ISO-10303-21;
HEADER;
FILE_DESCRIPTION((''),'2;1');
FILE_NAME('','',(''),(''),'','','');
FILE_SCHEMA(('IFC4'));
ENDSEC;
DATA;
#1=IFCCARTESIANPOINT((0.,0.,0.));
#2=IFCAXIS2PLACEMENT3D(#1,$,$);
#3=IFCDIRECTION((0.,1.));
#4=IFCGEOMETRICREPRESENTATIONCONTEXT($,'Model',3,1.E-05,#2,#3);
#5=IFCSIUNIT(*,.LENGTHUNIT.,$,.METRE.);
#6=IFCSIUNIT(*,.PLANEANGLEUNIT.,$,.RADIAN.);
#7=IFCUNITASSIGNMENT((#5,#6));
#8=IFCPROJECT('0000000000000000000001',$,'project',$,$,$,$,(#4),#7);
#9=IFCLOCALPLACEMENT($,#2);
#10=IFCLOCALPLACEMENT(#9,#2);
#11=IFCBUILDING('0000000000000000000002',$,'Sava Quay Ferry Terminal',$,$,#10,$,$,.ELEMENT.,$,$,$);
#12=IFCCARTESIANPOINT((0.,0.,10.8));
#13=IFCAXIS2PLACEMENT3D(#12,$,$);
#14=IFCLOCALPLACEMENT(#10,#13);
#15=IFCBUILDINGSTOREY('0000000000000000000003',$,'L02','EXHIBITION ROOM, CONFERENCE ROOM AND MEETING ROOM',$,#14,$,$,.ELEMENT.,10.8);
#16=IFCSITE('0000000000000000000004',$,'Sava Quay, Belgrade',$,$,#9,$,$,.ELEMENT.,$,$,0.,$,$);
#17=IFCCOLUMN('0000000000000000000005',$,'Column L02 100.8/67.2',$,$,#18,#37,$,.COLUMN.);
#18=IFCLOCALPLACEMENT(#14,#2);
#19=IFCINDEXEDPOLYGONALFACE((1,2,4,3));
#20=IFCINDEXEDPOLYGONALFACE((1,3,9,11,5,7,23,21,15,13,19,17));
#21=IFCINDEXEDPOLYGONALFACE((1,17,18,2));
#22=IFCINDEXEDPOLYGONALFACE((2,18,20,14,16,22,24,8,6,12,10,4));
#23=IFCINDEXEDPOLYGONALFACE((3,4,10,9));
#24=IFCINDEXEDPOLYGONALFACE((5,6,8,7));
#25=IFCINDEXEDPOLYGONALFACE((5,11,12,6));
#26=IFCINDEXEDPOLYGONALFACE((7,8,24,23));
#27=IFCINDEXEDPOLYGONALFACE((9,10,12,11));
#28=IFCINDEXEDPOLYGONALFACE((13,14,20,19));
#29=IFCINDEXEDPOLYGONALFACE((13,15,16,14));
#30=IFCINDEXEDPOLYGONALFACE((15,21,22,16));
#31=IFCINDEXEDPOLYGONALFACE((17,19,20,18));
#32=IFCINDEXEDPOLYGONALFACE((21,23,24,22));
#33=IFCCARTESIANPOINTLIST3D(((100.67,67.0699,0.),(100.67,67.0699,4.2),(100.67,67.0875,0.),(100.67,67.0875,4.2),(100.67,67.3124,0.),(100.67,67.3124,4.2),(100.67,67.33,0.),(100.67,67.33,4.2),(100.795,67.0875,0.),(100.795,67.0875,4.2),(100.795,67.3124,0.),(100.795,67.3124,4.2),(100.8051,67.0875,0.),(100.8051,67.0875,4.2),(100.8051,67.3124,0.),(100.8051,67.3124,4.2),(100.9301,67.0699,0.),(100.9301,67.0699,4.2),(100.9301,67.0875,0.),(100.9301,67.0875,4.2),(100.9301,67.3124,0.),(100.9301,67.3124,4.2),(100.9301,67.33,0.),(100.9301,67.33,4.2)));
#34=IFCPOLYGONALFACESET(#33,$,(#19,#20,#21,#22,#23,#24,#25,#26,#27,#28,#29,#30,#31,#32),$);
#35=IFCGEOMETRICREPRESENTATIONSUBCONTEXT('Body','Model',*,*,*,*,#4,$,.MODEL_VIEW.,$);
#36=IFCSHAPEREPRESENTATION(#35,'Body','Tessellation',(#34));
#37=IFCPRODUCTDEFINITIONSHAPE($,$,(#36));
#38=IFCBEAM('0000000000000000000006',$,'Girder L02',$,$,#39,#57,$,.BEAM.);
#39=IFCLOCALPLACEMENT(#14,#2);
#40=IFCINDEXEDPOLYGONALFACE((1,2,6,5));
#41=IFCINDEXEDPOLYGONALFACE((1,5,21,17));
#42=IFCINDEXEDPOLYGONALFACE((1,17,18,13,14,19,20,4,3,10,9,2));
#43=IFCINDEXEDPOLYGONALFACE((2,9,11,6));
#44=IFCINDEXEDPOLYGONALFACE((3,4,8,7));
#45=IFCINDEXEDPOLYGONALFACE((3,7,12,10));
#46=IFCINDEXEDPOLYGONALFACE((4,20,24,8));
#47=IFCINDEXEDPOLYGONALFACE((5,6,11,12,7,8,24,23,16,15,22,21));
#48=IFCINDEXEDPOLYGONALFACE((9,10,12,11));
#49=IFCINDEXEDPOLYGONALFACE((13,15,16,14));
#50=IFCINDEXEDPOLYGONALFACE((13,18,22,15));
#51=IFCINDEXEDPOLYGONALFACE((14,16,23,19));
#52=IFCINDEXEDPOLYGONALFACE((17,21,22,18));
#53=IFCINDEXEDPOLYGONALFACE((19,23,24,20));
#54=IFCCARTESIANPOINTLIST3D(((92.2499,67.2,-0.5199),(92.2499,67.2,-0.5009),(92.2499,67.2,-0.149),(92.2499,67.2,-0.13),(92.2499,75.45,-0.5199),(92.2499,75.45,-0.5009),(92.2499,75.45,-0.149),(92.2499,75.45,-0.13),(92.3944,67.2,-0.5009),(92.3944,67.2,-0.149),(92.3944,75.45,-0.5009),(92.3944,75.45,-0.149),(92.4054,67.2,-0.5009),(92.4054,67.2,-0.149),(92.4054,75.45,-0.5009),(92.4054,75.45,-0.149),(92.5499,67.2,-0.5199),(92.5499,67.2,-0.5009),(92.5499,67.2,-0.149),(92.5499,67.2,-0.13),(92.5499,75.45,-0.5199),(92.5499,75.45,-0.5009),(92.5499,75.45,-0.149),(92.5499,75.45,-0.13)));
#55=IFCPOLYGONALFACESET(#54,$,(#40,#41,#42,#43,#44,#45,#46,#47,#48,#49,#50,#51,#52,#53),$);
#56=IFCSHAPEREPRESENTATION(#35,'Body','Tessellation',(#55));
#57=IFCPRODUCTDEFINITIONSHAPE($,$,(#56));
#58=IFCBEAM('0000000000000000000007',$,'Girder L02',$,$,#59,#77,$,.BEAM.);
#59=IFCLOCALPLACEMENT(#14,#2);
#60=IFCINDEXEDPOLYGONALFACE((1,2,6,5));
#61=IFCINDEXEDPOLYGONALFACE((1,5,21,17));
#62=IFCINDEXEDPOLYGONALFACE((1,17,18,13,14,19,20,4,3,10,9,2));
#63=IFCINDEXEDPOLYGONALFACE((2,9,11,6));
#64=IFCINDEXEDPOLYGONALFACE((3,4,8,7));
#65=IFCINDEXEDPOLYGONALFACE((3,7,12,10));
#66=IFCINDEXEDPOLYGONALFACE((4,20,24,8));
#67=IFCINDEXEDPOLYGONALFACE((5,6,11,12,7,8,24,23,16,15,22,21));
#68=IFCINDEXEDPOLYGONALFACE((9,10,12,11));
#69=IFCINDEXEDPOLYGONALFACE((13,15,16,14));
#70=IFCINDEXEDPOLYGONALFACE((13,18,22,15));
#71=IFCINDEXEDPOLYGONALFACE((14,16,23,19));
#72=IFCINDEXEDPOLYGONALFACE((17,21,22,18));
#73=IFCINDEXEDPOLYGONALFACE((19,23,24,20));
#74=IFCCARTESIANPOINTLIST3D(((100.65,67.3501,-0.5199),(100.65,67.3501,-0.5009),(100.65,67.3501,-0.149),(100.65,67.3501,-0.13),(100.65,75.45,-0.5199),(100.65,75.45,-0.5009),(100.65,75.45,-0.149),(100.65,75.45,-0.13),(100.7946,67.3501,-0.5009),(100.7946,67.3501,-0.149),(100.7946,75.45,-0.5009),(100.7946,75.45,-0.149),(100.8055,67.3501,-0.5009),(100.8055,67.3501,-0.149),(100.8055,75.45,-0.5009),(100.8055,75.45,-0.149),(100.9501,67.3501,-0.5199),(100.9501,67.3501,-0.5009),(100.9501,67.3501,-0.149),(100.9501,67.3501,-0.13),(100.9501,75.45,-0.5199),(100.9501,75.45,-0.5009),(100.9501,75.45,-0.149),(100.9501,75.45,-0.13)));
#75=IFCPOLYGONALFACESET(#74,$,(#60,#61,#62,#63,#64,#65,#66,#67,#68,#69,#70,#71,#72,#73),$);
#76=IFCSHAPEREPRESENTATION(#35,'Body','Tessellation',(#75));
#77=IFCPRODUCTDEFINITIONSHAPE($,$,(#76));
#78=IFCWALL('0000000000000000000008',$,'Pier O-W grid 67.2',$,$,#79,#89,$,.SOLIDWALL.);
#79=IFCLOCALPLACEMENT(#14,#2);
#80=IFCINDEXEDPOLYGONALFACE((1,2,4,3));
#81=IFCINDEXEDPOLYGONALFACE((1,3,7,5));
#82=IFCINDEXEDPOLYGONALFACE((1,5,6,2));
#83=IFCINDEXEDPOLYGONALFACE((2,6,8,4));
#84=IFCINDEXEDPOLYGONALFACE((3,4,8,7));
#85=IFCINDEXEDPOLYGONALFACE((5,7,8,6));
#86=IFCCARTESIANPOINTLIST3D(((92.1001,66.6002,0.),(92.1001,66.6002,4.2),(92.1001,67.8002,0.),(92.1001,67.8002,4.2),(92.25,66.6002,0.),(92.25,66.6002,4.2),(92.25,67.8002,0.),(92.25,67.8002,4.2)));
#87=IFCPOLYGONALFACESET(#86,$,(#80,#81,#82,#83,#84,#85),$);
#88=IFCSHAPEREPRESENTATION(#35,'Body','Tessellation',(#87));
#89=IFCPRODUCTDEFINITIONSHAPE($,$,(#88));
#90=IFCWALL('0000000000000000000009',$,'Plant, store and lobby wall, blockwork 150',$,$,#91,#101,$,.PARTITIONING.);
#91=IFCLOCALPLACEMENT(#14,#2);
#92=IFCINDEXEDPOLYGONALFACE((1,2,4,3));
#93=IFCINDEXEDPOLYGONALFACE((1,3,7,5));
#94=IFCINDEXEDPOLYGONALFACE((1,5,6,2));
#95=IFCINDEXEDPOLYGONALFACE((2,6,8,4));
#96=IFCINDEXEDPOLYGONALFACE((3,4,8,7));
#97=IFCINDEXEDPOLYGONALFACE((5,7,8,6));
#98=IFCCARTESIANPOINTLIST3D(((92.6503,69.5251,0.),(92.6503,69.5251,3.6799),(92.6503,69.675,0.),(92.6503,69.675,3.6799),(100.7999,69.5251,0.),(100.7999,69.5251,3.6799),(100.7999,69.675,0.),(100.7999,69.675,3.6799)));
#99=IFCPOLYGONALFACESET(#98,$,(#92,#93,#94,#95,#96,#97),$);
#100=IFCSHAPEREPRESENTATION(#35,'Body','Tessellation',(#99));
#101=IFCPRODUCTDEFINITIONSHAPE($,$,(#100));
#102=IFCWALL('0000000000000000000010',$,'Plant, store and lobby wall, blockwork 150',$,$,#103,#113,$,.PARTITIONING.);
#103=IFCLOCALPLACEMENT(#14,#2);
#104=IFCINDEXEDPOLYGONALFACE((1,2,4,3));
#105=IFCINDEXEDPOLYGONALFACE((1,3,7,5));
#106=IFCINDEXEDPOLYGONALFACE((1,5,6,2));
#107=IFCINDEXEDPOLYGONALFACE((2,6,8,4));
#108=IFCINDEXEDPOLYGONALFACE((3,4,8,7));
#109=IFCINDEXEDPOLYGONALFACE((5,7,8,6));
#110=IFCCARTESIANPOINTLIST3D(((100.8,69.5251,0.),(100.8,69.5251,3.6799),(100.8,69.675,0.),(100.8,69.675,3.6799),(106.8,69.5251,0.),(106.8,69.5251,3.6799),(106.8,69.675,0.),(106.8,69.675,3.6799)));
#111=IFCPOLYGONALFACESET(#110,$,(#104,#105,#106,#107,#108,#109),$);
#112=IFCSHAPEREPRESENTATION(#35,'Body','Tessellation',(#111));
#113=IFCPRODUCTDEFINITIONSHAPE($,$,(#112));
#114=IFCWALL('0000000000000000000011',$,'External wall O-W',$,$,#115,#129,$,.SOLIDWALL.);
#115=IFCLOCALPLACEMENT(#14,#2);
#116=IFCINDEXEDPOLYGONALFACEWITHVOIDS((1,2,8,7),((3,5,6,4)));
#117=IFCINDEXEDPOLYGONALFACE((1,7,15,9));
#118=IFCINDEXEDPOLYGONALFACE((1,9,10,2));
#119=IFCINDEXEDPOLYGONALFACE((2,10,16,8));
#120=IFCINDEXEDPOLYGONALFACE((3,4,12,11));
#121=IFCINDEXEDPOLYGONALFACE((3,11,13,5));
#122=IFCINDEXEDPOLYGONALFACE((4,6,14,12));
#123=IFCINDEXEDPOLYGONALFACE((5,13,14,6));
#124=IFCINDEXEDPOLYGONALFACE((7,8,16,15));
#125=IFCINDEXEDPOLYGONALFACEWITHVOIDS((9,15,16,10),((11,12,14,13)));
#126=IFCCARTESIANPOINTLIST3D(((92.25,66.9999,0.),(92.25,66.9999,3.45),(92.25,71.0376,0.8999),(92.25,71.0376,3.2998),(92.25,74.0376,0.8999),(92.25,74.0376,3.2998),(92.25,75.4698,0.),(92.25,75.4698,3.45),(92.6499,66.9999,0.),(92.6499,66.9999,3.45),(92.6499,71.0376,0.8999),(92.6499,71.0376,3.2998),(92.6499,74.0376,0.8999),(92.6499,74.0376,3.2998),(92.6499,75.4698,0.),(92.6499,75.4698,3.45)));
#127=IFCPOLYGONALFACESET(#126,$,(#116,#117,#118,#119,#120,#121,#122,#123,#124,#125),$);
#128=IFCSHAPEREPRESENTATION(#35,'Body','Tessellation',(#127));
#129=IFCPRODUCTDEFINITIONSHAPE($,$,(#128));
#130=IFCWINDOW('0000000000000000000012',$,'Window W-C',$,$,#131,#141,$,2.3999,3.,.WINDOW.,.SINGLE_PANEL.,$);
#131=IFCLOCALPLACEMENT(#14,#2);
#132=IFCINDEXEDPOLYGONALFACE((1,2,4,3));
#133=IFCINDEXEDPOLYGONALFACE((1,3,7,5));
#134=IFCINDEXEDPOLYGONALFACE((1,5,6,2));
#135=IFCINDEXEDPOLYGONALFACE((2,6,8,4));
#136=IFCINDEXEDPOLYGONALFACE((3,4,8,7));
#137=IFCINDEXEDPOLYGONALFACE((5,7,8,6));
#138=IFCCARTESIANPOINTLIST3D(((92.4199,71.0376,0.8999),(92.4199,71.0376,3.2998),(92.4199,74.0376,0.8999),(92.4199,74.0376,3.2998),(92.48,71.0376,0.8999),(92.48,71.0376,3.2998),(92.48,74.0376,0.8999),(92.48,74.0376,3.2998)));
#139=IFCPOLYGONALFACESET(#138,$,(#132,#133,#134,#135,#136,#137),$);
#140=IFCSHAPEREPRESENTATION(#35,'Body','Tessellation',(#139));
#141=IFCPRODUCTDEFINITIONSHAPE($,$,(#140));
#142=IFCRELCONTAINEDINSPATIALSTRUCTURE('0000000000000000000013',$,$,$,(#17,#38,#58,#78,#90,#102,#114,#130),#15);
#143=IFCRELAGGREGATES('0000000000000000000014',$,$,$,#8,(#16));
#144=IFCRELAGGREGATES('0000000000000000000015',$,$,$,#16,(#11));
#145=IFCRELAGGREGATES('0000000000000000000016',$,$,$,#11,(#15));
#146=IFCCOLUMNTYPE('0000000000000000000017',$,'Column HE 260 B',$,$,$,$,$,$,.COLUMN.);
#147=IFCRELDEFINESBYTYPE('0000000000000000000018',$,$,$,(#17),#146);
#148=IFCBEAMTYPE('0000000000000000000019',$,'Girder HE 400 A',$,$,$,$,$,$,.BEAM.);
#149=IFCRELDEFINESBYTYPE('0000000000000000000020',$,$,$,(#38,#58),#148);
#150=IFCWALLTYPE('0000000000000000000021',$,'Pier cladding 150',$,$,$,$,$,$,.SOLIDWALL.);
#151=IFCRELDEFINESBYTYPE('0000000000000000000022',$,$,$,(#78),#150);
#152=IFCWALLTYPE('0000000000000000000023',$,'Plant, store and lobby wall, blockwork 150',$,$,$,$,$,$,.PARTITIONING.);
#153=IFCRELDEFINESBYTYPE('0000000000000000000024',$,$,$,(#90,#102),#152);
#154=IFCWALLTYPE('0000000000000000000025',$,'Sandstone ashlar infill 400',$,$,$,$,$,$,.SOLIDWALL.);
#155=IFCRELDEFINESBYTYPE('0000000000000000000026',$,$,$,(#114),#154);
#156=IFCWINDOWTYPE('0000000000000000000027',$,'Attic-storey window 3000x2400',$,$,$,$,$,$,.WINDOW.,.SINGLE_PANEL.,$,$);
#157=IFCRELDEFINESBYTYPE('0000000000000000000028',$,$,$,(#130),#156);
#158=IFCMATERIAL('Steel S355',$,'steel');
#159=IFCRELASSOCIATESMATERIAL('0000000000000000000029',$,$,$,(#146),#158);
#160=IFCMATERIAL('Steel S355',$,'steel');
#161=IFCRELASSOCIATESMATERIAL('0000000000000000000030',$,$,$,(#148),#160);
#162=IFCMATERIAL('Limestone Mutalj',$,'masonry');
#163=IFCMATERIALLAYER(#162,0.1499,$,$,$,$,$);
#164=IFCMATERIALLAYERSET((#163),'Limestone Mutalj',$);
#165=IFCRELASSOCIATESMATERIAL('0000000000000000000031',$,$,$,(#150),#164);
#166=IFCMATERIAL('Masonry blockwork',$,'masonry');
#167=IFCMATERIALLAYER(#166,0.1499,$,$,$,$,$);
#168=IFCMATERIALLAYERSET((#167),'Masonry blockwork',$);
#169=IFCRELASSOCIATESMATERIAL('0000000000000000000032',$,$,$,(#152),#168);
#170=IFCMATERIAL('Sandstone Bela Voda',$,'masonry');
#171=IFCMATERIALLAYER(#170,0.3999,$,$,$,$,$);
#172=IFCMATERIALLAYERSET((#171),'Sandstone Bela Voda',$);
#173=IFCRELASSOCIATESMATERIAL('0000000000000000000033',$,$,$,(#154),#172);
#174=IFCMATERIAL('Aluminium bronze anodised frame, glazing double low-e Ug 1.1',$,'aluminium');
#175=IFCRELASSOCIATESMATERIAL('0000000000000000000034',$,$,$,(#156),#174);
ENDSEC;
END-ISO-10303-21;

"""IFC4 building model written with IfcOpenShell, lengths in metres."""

from ifc_helpers import new_model, si_unit, direction, frame, frame_2d, origin, origin_2d, place, context, subcontext, project, spatial, rectangle, i_section, extrude, material, layer, layer_set, material_profile, profile_set, type_object, element, fill, save


model = new_model("IFC4")

# Units and contexts
model_context = context("Model", 3, precision=1e-05, world=origin(), true_north=direction((0.0, 1.0)))
body_context = subcontext(model_context, "Body", "Model", "MODEL_VIEW")
ifc_project = project(units=[si_unit("LENGTHUNIT", "METRE"), si_unit("PLANEANGLEUNIT", "RADIAN")], contexts=[model_context])

# Site, building, storey
site_placement = place(None, origin())
site = spatial("IfcSite", under=ifc_project, at=site_placement, Name="Sava Quay, Belgrade", CompositionType="ELEMENT", RefElevation=0.0)
building_placement = place(site_placement, origin())
building = spatial("IfcBuilding", under=site, at=building_placement, Name="Sava Quay Ferry Terminal", CompositionType="ELEMENT")
storey_placement = place(building_placement, frame((0.0, 0.0, 10.8)))
storey = spatial("IfcBuildingStorey", under=building, at=storey_placement, Name="L02", Description="EXHIBITION ROOM, CONFERENCE ROOM AND MEETING ROOM", CompositionType="ELEMENT", Elevation=10.8)

# Column
ifc_material_1 = material(Name="Steel S355", Category="steel")
ifc_material_profile_1 = material_profile(ifc_material_1, i_section(OverallWidth=0.26, OverallDepth=0.26, WebThickness=0.01, FlangeThickness=0.0176, at=origin_2d()), Name="HE 260 B")
ifc_profile_set_1 = profile_set([ifc_material_profile_1], Name="Steel S355")
column_type = type_object("IfcColumnType", Name="Column HE 260 B", PredefinedType="COLUMN", material=ifc_profile_set_1)
column_placement = place(storey_placement, frame((100.8, 67.2, 0.0), z_axis=(0.0, 0.0, 1.0), x_axis=(1.0, 0.0, 0.0)))
element("IfcColumn", 1, at=column_placement, inside=storey, type_object=column_type, Name="Column L02 100.8/67.2", PredefinedType="COLUMN", context=body_context, shape_type="SweptSolid", body=[
    extrude(i_section(OverallWidth=0.26, OverallDepth=0.26, WebThickness=0.01, FlangeThickness=0.0176, at=origin_2d()), origin(), (0.0, 0.0, 1.0), 4.2),
])

# Beams
ifc_material_2 = material(Name="Steel S355", Category="steel")
ifc_material_profile_2 = material_profile(ifc_material_2, i_section(OverallWidth=0.3, OverallDepth=0.3899, WebThickness=0.011, FlangeThickness=0.019, at=origin_2d()), Name="HE 400 A")
ifc_profile_set_2 = profile_set([ifc_material_profile_2], Name="Steel S355")
beam_type = type_object("IfcBeamType", Name="Girder HE 400 A", PredefinedType="BEAM", material=ifc_profile_set_2)
beam_1_placement = place(storey_placement, frame((92.3999, 67.2, -0.325), z_axis=(0.0, 1.0, 0.0), x_axis=(-1.0, 0.0, 0.0)))
element("IfcBeam", 2, at=beam_1_placement, inside=storey, type_object=beam_type, Name="Girder L02", PredefinedType="BEAM", context=body_context, shape_type="SweptSolid", body=[
    extrude(i_section(OverallWidth=0.3, OverallDepth=0.3899, WebThickness=0.011, FlangeThickness=0.019, at=origin_2d()), origin(), (0.0, 0.0, 1.0), 8.25),
])
beam_2_placement = place(storey_placement, frame((100.8, 67.3501, -0.325), z_axis=(0.0, 1.0, 0.0), x_axis=(-1.0, 0.0, 0.0)))
element("IfcBeam", 3, at=beam_2_placement, inside=storey, type_object=beam_type, Name="Girder L02", PredefinedType="BEAM", context=body_context, shape_type="SweptSolid", body=[
    extrude(i_section(OverallWidth=0.3, OverallDepth=0.3899, WebThickness=0.011, FlangeThickness=0.019, at=origin_2d()), origin(), (0.0, 0.0, 1.0), 8.0999),
])

# Walls
ifc_material_3 = material(Name="Limestone Mutalj", Category="masonry")
ifc_layer_1 = layer(ifc_material_3, 0.1499)
ifc_layer_set_1 = layer_set([ifc_layer_1], Name="Limestone Mutalj")
wall_type_1 = type_object("IfcWallType", Name="Pier cladding 150", PredefinedType="SOLIDWALL", material=ifc_layer_set_1)
wall_1_placement = place(storey_placement, frame((92.175, 66.6001, 0.0), z_axis=(0.0, 0.0, 1.0), x_axis=(0.0, 1.0, 0.0)))
element("IfcWall", 4, at=wall_1_placement, inside=storey, type_object=wall_type_1, Name="Pier O-W grid 67.2", PredefinedType="SOLIDWALL", context=body_context, shape_type="SweptSolid", body=[
    extrude(rectangle(XDim=1.2, YDim=0.1499, at=frame_2d((0.6001, 0.0))), origin(), (0.0, 0.0, 1.0), 4.2),
])
ifc_material_4 = material(Name="Masonry blockwork", Category="masonry")
ifc_layer_2 = layer(ifc_material_4, 0.1499)
ifc_layer_set_2 = layer_set([ifc_layer_2], Name="Masonry blockwork")
wall_type_2 = type_object("IfcWallType", Name="Plant, store and lobby wall, blockwork 150", PredefinedType="PARTITIONING", material=ifc_layer_set_2)
wall_2_placement = place(storey_placement, frame((92.6504, 69.6001, 0.0), z_axis=(0.0, 0.0, 1.0), x_axis=(1.0, 0.0, 0.0)))
element("IfcWall", 5, at=wall_2_placement, inside=storey, type_object=wall_type_2, Name="Plant, store and lobby wall, blockwork 150", PredefinedType="PARTITIONING", context=body_context, shape_type="SweptSolid", body=[
    extrude(rectangle(XDim=8.1497, YDim=0.1499, at=frame_2d((4.0747, 0.0))), origin(), (0.0, 0.0, 1.0), 3.6799),
])
wall_3_placement = place(storey_placement, frame((100.8, 69.6001, 0.0), z_axis=(0.0, 0.0, 1.0), x_axis=(1.0, 0.0, 0.0)))
element("IfcWall", 6, at=wall_3_placement, inside=storey, type_object=wall_type_2, Name="Plant, store and lobby wall, blockwork 150", PredefinedType="PARTITIONING", context=body_context, shape_type="SweptSolid", body=[
    extrude(rectangle(XDim=6.0, YDim=0.1499, at=frame_2d((3.0, 0.0))), origin(), (0.0, 0.0, 1.0), 3.6799),
])

# Wall, opening, window
ifc_material_5 = material(Name="Sandstone Bela Voda", Category="masonry")
ifc_layer_3 = layer(ifc_material_5, 0.3999)
ifc_layer_set_3 = layer_set([ifc_layer_3], Name="Sandstone Bela Voda")
wall_type_3 = type_object("IfcWallType", Name="Sandstone ashlar infill 400", PredefinedType="SOLIDWALL", material=ifc_layer_set_3)
wall_4_placement = place(storey_placement, frame((92.45, 67.0, 0.0), z_axis=(0.0, 0.0, 1.0), x_axis=(0.0, 1.0, 0.0)))
wall_4 = element("IfcWall", 7, at=wall_4_placement, inside=storey, type_object=wall_type_3, Name="External wall O-W", PredefinedType="SOLIDWALL", context=body_context, shape_type="SweptSolid", body=[
    extrude(rectangle(XDim=8.47, YDim=0.3999, at=frame_2d((4.2349, 0.0))), origin(), (0.0, 0.0, 1.0), 3.45),
])
opening_1_placement = place(wall_4_placement, frame((4.0376, 0.0, 0.8999)))
opening_1 = element("IfcOpeningElement", 8, at=opening_1_placement, cuts=wall_4, PredefinedType="OPENING", context=body_context, shape_type="SweptSolid", body=[
    extrude(rectangle(XDim=3.0, YDim=2.3999, at=frame_2d((1.5, 1.2))), frame((0.0, 0.2, 0.0), z_axis=(0.0, -1.0, 0.0), x_axis=(1.0, 0.0, 0.0)), (0.0, 0.0, 1.0), 0.3999),
])
ifc_material_6 = material(Name="Aluminium bronze anodised frame, glazing double low-e Ug 1.1", Category="aluminium")
window_type = type_object("IfcWindowType", Name="Attic-storey window 3000x2400", PartitioningType="SINGLE_PANEL", PredefinedType="WINDOW", material=ifc_material_6)
window_placement = place(opening_1_placement, origin())
window = element("IfcWindow", 9, at=window_placement, inside=storey, type_object=window_type, Name="Window W-C", OverallHeight=2.3999, OverallWidth=3.0, PartitioningType="SINGLE_PANEL", PredefinedType="WINDOW", context=body_context, shape_type="SweptSolid", body=[
    extrude(rectangle(XDim=3.0, YDim=2.3999, at=frame_2d((1.5, 1.2))), frame((0.0, 0.03, 0.0), z_axis=(0.0, -1.0, 0.0), x_axis=(1.0, 0.0, 0.0)), (0.0, 0.0, 1.0), 0.0601),
])
fill(opening_1, window)

save(model, "model.ifc")
